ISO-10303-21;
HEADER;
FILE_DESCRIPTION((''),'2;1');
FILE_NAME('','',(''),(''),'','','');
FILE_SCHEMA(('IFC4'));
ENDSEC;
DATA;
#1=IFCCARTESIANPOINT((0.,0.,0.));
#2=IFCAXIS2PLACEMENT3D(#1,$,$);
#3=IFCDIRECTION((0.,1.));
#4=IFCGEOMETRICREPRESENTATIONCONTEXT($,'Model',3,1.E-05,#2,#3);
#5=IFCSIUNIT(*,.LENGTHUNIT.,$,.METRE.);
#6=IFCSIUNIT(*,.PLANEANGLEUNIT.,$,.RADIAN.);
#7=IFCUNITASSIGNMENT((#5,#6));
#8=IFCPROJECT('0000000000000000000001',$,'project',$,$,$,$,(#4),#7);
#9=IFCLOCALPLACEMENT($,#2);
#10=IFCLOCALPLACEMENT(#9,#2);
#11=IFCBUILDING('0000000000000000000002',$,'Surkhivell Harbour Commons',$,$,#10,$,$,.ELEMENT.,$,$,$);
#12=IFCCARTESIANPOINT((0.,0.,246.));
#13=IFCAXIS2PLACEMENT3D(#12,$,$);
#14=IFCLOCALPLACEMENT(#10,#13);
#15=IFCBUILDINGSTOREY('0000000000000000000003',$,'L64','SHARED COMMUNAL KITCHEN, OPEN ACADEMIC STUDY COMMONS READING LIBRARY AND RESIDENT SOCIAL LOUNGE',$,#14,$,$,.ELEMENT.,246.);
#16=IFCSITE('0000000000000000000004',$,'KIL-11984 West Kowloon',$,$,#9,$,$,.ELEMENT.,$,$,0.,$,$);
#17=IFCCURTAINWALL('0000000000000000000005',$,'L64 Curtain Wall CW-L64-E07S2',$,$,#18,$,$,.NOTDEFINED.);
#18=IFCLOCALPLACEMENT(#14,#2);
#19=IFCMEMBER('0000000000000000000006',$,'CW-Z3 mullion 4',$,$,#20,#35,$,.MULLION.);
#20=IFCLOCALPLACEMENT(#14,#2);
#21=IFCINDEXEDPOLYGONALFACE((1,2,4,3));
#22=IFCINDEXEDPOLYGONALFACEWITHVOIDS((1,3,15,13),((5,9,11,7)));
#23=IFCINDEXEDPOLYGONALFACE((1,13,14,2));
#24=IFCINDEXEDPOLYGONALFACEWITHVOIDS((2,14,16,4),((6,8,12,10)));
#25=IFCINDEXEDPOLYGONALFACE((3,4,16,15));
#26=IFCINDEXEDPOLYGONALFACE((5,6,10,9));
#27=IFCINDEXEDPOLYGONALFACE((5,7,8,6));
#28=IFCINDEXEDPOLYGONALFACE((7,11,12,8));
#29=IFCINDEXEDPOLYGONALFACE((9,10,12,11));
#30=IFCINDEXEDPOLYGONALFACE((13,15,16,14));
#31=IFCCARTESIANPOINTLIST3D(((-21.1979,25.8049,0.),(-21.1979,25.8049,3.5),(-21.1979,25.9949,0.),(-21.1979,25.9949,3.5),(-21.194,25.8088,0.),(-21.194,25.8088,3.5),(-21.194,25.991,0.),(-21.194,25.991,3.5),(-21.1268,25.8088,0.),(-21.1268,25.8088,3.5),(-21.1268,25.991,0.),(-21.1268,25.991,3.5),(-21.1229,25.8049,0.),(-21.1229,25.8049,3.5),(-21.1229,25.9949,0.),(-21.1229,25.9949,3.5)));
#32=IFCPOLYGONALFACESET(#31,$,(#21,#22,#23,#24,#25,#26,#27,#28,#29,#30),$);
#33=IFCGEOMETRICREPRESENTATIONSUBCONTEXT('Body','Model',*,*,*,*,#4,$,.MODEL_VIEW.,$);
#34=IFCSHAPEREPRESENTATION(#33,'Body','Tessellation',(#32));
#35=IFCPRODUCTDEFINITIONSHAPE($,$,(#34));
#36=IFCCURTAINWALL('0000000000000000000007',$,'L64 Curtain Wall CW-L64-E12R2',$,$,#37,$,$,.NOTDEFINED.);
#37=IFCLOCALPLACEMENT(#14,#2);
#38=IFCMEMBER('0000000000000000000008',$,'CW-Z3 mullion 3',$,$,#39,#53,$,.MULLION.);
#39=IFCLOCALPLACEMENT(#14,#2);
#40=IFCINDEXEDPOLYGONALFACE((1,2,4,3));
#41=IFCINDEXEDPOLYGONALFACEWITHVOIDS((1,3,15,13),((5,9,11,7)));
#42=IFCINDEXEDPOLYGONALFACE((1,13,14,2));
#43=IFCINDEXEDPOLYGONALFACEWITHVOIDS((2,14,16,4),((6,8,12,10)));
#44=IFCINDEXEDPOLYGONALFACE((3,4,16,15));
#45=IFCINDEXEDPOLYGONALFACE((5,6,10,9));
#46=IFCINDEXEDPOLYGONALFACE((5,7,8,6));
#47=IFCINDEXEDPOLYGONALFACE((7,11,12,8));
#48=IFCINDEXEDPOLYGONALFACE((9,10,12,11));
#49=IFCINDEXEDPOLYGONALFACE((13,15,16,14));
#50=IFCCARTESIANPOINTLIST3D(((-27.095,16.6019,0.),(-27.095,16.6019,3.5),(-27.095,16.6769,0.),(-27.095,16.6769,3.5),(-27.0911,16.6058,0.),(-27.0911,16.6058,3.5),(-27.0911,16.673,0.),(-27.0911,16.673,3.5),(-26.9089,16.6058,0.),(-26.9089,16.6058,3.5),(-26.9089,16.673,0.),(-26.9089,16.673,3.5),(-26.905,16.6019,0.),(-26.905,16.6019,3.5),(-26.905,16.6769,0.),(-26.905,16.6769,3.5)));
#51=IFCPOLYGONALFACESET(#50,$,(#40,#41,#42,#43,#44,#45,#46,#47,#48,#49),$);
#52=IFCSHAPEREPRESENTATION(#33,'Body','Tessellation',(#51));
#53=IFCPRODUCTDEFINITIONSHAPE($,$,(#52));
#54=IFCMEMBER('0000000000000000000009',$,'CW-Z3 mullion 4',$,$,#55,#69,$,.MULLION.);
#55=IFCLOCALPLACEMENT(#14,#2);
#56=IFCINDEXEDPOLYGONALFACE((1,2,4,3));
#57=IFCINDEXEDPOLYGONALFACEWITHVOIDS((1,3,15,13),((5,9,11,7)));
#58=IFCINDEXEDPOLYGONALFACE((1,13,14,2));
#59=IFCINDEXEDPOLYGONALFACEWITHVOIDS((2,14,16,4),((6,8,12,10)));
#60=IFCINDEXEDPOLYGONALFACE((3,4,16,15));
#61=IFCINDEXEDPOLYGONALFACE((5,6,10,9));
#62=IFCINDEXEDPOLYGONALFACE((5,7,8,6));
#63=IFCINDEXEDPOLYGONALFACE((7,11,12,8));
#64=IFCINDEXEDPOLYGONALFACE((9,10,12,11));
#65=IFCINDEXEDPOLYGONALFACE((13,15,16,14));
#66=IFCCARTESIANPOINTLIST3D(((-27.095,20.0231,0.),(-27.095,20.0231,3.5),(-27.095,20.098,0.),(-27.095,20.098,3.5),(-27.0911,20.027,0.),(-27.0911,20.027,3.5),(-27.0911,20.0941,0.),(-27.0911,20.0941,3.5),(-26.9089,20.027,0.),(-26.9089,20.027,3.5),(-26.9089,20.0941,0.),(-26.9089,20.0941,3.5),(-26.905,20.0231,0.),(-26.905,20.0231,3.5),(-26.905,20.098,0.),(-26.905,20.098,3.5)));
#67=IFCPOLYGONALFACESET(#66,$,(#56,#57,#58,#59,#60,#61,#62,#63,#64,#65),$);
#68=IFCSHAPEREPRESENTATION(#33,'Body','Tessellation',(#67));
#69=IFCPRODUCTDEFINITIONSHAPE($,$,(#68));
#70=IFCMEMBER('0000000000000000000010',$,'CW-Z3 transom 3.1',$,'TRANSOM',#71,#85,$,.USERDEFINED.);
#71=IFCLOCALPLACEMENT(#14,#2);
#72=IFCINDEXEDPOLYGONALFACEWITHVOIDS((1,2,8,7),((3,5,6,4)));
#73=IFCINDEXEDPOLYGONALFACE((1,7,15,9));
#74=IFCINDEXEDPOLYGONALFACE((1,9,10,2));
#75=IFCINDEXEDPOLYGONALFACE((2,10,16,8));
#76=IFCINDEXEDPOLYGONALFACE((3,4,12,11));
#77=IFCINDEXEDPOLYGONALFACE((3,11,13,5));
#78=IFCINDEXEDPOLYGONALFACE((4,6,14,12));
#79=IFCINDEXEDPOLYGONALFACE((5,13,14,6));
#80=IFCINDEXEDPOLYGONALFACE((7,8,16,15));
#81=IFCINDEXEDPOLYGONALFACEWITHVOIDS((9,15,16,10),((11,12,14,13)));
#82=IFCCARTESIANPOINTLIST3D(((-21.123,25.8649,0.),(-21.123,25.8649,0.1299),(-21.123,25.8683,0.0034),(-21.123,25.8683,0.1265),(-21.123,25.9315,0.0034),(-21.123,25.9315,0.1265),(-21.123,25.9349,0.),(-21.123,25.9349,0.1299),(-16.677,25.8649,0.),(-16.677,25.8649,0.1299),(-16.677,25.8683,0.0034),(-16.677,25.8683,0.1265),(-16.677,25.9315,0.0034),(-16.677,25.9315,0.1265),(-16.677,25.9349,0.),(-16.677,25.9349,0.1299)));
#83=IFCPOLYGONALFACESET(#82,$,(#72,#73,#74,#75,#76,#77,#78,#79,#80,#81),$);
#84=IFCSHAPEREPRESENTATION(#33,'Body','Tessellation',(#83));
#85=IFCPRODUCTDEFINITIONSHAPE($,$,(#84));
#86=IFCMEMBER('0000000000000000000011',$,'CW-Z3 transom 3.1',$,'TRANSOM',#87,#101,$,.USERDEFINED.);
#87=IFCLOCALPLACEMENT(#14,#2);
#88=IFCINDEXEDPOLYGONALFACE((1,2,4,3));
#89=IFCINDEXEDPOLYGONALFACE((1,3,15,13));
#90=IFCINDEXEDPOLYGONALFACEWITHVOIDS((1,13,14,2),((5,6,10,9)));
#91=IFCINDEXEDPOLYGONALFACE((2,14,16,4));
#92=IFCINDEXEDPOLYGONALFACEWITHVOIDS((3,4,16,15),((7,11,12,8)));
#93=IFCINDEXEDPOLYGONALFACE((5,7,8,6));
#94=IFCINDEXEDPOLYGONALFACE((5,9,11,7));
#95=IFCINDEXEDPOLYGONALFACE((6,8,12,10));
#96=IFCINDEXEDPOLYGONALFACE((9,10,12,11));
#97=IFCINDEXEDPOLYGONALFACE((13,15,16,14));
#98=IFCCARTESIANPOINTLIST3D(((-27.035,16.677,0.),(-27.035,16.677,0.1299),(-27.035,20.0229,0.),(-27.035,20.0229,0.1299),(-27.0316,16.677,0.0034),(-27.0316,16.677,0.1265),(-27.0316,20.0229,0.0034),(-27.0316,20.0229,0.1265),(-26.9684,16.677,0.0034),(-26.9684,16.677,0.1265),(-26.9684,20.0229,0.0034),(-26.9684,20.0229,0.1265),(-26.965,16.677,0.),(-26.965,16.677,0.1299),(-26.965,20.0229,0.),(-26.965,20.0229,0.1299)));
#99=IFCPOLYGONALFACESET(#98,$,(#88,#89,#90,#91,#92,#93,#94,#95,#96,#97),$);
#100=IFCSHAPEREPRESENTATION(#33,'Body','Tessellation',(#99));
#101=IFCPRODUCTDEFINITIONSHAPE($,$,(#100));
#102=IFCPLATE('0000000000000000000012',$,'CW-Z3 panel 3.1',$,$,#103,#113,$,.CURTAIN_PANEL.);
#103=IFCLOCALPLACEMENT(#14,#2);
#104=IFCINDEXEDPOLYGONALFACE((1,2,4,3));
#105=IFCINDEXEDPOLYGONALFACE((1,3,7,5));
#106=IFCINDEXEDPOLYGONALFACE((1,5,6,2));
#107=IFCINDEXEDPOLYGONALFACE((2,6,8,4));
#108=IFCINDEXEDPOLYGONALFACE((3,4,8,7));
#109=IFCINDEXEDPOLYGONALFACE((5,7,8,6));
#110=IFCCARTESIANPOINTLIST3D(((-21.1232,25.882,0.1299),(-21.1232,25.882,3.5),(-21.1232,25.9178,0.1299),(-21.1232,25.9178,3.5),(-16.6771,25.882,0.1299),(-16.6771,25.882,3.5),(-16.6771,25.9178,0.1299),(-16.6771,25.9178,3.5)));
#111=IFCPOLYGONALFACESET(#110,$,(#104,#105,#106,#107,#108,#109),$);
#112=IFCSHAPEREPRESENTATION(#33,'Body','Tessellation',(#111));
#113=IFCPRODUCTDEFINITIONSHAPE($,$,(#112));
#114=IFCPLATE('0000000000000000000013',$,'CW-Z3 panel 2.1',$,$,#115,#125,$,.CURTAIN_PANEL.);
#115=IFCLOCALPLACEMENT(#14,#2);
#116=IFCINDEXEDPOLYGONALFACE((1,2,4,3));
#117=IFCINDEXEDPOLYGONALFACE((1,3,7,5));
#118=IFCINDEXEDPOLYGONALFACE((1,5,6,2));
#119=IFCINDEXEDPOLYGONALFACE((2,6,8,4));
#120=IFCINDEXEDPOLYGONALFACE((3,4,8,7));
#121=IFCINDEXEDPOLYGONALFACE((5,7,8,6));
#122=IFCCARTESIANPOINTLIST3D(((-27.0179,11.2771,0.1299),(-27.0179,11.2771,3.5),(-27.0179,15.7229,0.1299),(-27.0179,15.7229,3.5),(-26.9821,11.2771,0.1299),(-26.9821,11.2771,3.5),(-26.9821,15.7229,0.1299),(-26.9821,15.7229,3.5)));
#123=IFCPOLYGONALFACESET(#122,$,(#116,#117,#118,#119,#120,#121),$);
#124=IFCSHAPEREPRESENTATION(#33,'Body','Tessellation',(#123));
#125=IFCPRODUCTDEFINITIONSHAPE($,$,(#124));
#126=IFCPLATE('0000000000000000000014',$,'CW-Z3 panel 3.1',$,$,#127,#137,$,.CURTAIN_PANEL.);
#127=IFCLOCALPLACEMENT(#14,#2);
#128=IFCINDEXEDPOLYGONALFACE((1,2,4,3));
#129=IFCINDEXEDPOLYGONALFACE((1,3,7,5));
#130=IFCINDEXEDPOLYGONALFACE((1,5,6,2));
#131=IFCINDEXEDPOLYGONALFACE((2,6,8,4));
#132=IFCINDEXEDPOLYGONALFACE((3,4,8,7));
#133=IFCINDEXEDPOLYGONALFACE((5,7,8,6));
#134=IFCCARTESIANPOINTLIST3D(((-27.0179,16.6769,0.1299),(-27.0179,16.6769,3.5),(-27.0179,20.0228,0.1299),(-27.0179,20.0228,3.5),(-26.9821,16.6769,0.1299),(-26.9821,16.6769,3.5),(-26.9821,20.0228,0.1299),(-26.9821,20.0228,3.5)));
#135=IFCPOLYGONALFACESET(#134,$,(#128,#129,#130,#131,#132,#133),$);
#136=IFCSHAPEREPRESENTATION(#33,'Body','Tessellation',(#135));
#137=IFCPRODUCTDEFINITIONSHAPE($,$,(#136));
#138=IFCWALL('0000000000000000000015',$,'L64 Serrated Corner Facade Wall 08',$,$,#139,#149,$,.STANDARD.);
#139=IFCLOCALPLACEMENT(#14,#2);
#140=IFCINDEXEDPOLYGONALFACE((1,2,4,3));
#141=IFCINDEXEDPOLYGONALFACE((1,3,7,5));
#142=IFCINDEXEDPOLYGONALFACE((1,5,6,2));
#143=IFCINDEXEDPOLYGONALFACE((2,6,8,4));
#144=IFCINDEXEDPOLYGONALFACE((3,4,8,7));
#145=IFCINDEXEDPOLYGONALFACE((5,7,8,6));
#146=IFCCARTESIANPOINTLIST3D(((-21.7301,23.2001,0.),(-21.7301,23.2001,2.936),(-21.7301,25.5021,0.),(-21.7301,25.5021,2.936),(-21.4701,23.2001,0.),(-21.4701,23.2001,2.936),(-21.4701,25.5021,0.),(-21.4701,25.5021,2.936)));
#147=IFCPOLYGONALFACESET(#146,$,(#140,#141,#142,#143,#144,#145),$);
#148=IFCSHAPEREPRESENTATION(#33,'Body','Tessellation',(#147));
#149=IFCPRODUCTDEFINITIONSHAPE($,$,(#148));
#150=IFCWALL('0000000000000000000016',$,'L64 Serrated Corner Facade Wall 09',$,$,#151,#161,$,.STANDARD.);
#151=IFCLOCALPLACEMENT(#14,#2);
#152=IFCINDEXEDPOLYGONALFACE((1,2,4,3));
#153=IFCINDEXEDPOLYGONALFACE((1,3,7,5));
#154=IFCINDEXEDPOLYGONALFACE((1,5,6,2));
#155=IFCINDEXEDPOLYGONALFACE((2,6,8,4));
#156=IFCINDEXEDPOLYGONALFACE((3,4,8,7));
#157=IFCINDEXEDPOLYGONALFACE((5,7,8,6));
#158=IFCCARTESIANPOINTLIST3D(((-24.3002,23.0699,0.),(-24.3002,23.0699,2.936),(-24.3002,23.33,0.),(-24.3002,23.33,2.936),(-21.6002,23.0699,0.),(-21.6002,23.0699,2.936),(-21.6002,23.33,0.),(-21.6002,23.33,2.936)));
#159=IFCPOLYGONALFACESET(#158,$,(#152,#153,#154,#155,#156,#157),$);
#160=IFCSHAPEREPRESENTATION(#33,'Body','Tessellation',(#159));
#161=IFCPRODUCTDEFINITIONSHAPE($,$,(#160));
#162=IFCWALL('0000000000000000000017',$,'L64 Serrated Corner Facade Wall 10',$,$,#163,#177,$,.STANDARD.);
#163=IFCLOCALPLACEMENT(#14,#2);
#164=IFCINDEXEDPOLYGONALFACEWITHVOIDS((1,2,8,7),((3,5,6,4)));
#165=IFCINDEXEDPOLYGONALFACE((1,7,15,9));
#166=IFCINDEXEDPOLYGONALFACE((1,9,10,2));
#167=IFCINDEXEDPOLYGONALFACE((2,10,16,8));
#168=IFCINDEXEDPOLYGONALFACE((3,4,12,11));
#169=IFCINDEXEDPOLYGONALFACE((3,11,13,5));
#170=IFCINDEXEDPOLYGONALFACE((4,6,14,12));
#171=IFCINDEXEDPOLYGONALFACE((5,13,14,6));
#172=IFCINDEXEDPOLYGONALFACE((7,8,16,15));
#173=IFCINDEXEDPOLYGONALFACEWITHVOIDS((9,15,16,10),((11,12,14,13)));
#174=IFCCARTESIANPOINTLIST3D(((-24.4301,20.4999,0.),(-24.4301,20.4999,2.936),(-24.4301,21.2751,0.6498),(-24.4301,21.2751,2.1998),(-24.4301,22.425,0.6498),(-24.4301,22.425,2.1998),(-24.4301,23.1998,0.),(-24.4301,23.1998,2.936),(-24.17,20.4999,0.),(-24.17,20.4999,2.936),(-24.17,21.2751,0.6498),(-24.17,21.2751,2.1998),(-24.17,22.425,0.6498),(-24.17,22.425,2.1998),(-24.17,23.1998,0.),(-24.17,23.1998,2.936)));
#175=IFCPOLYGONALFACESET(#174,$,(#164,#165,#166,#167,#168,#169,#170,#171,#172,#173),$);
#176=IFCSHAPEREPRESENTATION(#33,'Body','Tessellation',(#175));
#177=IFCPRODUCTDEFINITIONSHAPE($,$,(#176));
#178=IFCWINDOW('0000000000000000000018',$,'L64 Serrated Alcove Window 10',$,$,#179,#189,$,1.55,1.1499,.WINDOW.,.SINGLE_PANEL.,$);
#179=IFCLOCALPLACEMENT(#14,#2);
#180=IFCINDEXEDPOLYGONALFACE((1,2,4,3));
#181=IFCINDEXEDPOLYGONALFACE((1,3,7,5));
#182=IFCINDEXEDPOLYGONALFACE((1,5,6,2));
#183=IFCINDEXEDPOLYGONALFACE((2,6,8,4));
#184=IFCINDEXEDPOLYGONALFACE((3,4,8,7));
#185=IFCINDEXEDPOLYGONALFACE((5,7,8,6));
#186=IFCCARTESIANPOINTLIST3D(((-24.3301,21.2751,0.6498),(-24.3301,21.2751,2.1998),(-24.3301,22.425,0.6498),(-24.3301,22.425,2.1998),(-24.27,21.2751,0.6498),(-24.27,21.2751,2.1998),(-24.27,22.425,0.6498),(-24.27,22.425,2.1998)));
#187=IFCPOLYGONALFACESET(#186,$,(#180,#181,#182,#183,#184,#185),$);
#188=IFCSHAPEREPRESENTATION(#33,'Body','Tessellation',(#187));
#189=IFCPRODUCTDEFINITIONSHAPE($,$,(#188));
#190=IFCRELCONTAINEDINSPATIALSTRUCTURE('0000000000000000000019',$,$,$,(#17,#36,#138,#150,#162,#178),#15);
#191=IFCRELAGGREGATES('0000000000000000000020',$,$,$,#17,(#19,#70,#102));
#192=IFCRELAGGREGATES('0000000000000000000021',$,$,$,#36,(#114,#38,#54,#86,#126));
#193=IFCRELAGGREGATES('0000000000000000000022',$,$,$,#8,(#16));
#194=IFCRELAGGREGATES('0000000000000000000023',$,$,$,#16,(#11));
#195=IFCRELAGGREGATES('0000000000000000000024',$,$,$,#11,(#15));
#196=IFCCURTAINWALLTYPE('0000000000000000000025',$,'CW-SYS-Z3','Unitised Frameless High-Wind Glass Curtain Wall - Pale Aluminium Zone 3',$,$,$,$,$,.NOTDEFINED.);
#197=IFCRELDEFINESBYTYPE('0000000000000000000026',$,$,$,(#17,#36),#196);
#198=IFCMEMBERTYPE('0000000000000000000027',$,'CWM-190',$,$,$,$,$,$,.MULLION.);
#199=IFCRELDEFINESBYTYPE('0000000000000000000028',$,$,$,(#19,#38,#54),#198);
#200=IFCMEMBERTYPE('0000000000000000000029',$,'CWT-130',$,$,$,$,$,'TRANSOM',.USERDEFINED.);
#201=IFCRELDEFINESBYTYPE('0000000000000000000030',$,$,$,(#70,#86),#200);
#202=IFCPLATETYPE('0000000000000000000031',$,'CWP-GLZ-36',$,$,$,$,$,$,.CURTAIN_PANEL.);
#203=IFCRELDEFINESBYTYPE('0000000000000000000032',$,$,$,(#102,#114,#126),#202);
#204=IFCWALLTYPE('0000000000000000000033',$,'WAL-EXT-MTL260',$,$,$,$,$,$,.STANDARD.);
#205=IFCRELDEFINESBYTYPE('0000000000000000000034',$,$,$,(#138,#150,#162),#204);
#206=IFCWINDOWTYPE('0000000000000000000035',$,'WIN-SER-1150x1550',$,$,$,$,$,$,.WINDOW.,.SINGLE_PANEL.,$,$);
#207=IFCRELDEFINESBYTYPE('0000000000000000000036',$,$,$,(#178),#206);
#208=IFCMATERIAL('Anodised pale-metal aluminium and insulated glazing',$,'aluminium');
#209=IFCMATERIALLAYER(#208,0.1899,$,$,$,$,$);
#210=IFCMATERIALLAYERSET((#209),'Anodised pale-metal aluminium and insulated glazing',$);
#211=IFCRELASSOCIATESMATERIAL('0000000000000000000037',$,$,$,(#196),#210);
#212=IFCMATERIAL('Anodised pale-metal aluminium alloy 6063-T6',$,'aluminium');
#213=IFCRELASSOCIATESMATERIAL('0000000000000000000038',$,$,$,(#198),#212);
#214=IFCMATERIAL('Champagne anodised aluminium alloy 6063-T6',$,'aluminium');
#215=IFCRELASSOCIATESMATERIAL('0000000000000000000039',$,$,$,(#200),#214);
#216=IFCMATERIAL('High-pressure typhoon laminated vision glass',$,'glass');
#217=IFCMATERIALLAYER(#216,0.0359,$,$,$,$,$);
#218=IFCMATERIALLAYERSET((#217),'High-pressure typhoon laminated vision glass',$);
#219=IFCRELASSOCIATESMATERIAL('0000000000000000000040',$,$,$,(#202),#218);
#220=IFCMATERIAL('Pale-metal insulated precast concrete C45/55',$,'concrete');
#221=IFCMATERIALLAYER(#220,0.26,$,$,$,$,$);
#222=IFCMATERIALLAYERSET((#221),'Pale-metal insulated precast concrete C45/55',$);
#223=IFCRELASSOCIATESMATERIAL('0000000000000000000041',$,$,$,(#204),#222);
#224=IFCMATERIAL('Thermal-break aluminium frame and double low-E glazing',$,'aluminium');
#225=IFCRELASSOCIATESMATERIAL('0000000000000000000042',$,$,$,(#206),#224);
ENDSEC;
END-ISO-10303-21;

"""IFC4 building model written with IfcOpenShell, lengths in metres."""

from ifc_helpers import new_model, si_unit, direction, frame, frame_2d, origin, origin_2d, place, context, subcontext, project, spatial, rectangle, hollow_rectangle, extrude, material, layer, layer_set, material_profile, profile_set, type_object, element, fill, aggregate, save


model = new_model("IFC4")

# Units and contexts
model_context = context("Model", 3, precision=1e-05, world=origin(), true_north=direction((0.0, 1.0)))
body_context = subcontext(model_context, "Body", "Model", "MODEL_VIEW")
ifc_project = project(units=[si_unit("LENGTHUNIT", "METRE"), si_unit("PLANEANGLEUNIT", "RADIAN")], contexts=[model_context])

# Site, building, storey
site_placement = place(None, origin())
site = spatial("IfcSite", under=ifc_project, at=site_placement, Name="KIL-11984 West Kowloon", CompositionType="ELEMENT", RefElevation=0.0)
building_placement = place(site_placement, origin())
building = spatial("IfcBuilding", under=site, at=building_placement, Name="Surkhivell Harbour Commons", CompositionType="ELEMENT")
storey_placement = place(building_placement, frame((0.0, 0.0, 246.0)))
storey = spatial("IfcBuildingStorey", under=building, at=storey_placement, Name="L64", Description="SHARED COMMUNAL KITCHEN, OPEN ACADEMIC STUDY COMMONS READING LIBRARY AND RESIDENT SOCIAL LOUNGE", CompositionType="ELEMENT", Elevation=246.0)

# Curtain walls, members
ifc_material_1 = material(Name="Anodised pale-metal aluminium and insulated glazing", Category="aluminium")
ifc_layer_1 = layer(ifc_material_1, 0.1899)
ifc_layer_set_1 = layer_set([ifc_layer_1], Name="Anodised pale-metal aluminium and insulated glazing")
curtain_wall_type = type_object("IfcCurtainWallType", Name="CW-SYS-Z3", Description="Unitised Frameless High-Wind Glass Curtain Wall - Pale Aluminium Zone 3", PredefinedType="NOTDEFINED", material=ifc_layer_set_1)
curtain_wall_1_placement = place(storey_placement, origin())
curtain_wall_1 = element("IfcCurtainWall", 1, at=curtain_wall_1_placement, inside=storey, type_object=curtain_wall_type, Name="L64 Curtain Wall CW-L64-E07S2", PredefinedType="NOTDEFINED")
ifc_material_2 = material(Name="Anodised pale-metal aluminium alloy 6063-T6", Category="aluminium")
ifc_material_profile_1 = material_profile(ifc_material_2, hollow_rectangle(XDim=0.075, YDim=0.1899, WallThickness=0.0039, at=origin_2d()), Name="ALU-MULL-75x190")
ifc_profile_set_1 = profile_set([ifc_material_profile_1], Name="Anodised pale-metal aluminium alloy 6063-T6")
member_type_1 = type_object("IfcMemberType", Name="CWM-190", PredefinedType="MULLION", material=ifc_profile_set_1)
member_1_placement = place(storey_placement, frame((-21.1604, 25.8999, 0.0), z_axis=(0.0, 0.0, 1.0), x_axis=(-1.0, 0.0, 0.0)))
member_1 = element("IfcMember", 2, at=member_1_placement, type_object=member_type_1, Name="CW-Z3 mullion 4", PredefinedType="MULLION", context=body_context, shape_type="SweptSolid", body=[
    extrude(hollow_rectangle(XDim=0.075, YDim=0.1899, WallThickness=0.0039, at=origin_2d()), origin(), (0.0, 0.0, 1.0), 3.5),
])
curtain_wall_2_placement = place(storey_placement, origin())
curtain_wall_2 = element("IfcCurtainWall", 3, at=curtain_wall_2_placement, inside=storey, type_object=curtain_wall_type, Name="L64 Curtain Wall CW-L64-E12R2", PredefinedType="NOTDEFINED")
member_2_placement = place(storey_placement, frame((-27.0, 16.6394, 0.0), z_axis=(0.0, 0.0, 1.0), x_axis=(0.0, 1.0, 0.0)))
member_2 = element("IfcMember", 4, at=member_2_placement, type_object=member_type_1, Name="CW-Z3 mullion 3", PredefinedType="MULLION", context=body_context, shape_type="SweptSolid", body=[
    extrude(hollow_rectangle(XDim=0.075, YDim=0.1899, WallThickness=0.0039, at=origin_2d()), origin(), (0.0, 0.0, 1.0), 3.5),
])
member_3_placement = place(storey_placement, frame((-27.0, 20.0605, 0.0), z_axis=(0.0, 0.0, 1.0), x_axis=(0.0, 1.0, 0.0)))
member_3 = element("IfcMember", 5, at=member_3_placement, type_object=member_type_1, Name="CW-Z3 mullion 4", PredefinedType="MULLION", context=body_context, shape_type="SweptSolid", body=[
    extrude(hollow_rectangle(XDim=0.075, YDim=0.1899, WallThickness=0.0039, at=origin_2d()), origin(), (0.0, 0.0, 1.0), 3.5),
])

# Members
ifc_material_3 = material(Name="Champagne anodised aluminium alloy 6063-T6", Category="aluminium")
ifc_material_profile_2 = material_profile(ifc_material_3, hollow_rectangle(XDim=0.0701, YDim=0.1299, WallThickness=0.0034, at=origin_2d()), Name="ALU-TRAN-70x130")
ifc_profile_set_2 = profile_set([ifc_material_profile_2], Name="Champagne anodised aluminium alloy 6063-T6")
member_type_2 = type_object("IfcMemberType", Name="CWT-130", ElementType="TRANSOM", PredefinedType="USERDEFINED", material=ifc_profile_set_2)
member_4_placement = place(storey_placement, frame((-16.677, 25.8999, 0.0649), z_axis=(-1.0, 0.0, 0.0), x_axis=(0.0, -1.0, 0.0)))
member_4 = element("IfcMember", 6, at=member_4_placement, type_object=member_type_2, Name="CW-Z3 transom 3.1", ObjectType="TRANSOM", PredefinedType="USERDEFINED", context=body_context, shape_type="SweptSolid", body=[
    extrude(hollow_rectangle(XDim=0.0701, YDim=0.1299, WallThickness=0.0034, at=origin_2d()), origin(), (0.0, 0.0, 1.0), 4.446),
])
member_5_placement = place(storey_placement, frame((-27.0, 16.677, 0.0649), z_axis=(0.0, 1.0, 0.0), x_axis=(-1.0, 0.0, 0.0)))
member_5 = element("IfcMember", 7, at=member_5_placement, type_object=member_type_2, Name="CW-Z3 transom 3.1", ObjectType="TRANSOM", PredefinedType="USERDEFINED", context=body_context, shape_type="SweptSolid", body=[
    extrude(hollow_rectangle(XDim=0.0701, YDim=0.1299, WallThickness=0.0034, at=origin_2d()), origin(), (0.0, 0.0, 1.0), 3.3459),
])

# Plates
ifc_material_4 = material(Name="High-pressure typhoon laminated vision glass", Category="glass")
ifc_layer_2 = layer(ifc_material_4, 0.0359)
ifc_layer_set_2 = layer_set([ifc_layer_2], Name="High-pressure typhoon laminated vision glass")
plate_type = type_object("IfcPlateType", Name="CWP-GLZ-36", PredefinedType="CURTAIN_PANEL", material=ifc_layer_set_2)
plate_1_placement = place(storey_placement, frame((-16.677, 25.8999, 0.1299), z_axis=(0.0, 0.0, 1.0), x_axis=(-1.0, 0.0, 0.0)))
plate_1 = element("IfcPlate", 8, at=plate_1_placement, type_object=plate_type, Name="CW-Z3 panel 3.1", PredefinedType="CURTAIN_PANEL", context=body_context, shape_type="SweptSolid", body=[
    extrude(rectangle(XDim=4.446, YDim=0.0359, at=frame_2d((2.2231, 0.0))), origin(), (0.0, 0.0, 1.0), 3.3701),
])
aggregate(curtain_wall_1, [member_1, member_4, plate_1])
plate_2_placement = place(storey_placement, frame((-27.0, 11.2771, 0.1299), z_axis=(0.0, 0.0, 1.0), x_axis=(0.0, 1.0, 0.0)))
plate_2 = element("IfcPlate", 9, at=plate_2_placement, type_object=plate_type, Name="CW-Z3 panel 2.1", PredefinedType="CURTAIN_PANEL", context=body_context, shape_type="SweptSolid", body=[
    extrude(rectangle(XDim=4.4458, YDim=0.0359, at=frame_2d((2.2229, 0.0))), origin(), (0.0, 0.0, 1.0), 3.3701),
])
plate_3_placement = place(storey_placement, frame((-27.0, 16.677, 0.1299), z_axis=(0.0, 0.0, 1.0), x_axis=(0.0, 1.0, 0.0)))
plate_3 = element("IfcPlate", 10, at=plate_3_placement, type_object=plate_type, Name="CW-Z3 panel 3.1", PredefinedType="CURTAIN_PANEL", context=body_context, shape_type="SweptSolid", body=[
    extrude(rectangle(XDim=3.3459, YDim=0.0359, at=frame_2d((1.6729, 0.0))), origin(), (0.0, 0.0, 1.0), 3.3701),
])
aggregate(curtain_wall_2, [plate_2, member_2, member_3, member_5, plate_3])

# Walls
ifc_material_5 = material(Name="Pale-metal insulated precast concrete C45/55", Category="concrete")
ifc_layer_3 = layer(ifc_material_5, 0.26)
ifc_layer_set_3 = layer_set([ifc_layer_3], Name="Pale-metal insulated precast concrete C45/55")
wall_type_1 = type_object("IfcWallType", Name="WAL-EXT-MTL260", PredefinedType="STANDARD", material=ifc_layer_set_3)
wall_1_placement = place(storey_placement, frame((-21.6001, 25.502, 0.0), z_axis=(0.0, 0.0, 1.0), x_axis=(0.0, -1.0, 0.0)))
element("IfcWall", 11, at=wall_1_placement, inside=storey, type_object=wall_type_1, Name="L64 Serrated Corner Facade Wall 08", PredefinedType="STANDARD", context=body_context, shape_type="SweptSolid", body=[
    extrude(rectangle(XDim=2.302, YDim=0.26, at=frame_2d((1.1509, 0.0))), origin(), (0.0, 0.0, 1.0), 2.936),
])
wall_2_placement = place(storey_placement, frame((-21.6001, 23.2, 0.0), z_axis=(0.0, 0.0, 1.0), x_axis=(-1.0, 0.0, 0.0)))
element("IfcWall", 12, at=wall_2_placement, inside=storey, type_object=wall_type_1, Name="L64 Serrated Corner Facade Wall 09", PredefinedType="STANDARD", context=body_context, shape_type="SweptSolid", body=[
    extrude(rectangle(XDim=2.7, YDim=0.26, at=frame_2d((1.3501, 0.0))), origin(), (0.0, 0.0, 1.0), 2.936),
])

# Wall, opening, window
wall_3_placement = place(storey_placement, frame((-24.3, 23.2, 0.0), z_axis=(0.0, 0.0, 1.0), x_axis=(0.0, -1.0, 0.0)))
wall_3 = element("IfcWall", 13, at=wall_3_placement, inside=storey, type_object=wall_type_1, Name="L64 Serrated Corner Facade Wall 10", PredefinedType="STANDARD", context=body_context, shape_type="SweptSolid", body=[
    extrude(rectangle(XDim=2.7, YDim=0.26, at=frame_2d((1.3501, 0.0))), origin(), (0.0, 0.0, 1.0), 2.936),
])
opening_placement = place(wall_3_placement, frame((0.7749, 0.0, 0.6499)))
opening = element("IfcOpeningElement", 14, at=opening_placement, cuts=wall_3, PredefinedType="OPENING", context=body_context, shape_type="SweptSolid", body=[
    extrude(rectangle(XDim=1.1499, YDim=1.55, at=frame_2d((0.575, 0.7749))), frame((0.0, 0.1399, 0.0), z_axis=(0.0, -1.0, 0.0), x_axis=(1.0, 0.0, 0.0)), (0.0, 0.0, 1.0), 0.28),
])
ifc_material_6 = material(Name="Thermal-break aluminium frame and double low-E glazing", Category="aluminium")
window_type = type_object("IfcWindowType", Name="WIN-SER-1150x1550", PartitioningType="SINGLE_PANEL", PredefinedType="WINDOW", material=ifc_material_6)
window_placement = place(opening_placement, origin())
window = element("IfcWindow", 15, at=window_placement, inside=storey, type_object=window_type, Name="L64 Serrated Alcove Window 10", OverallHeight=1.55, OverallWidth=1.1499, PartitioningType="SINGLE_PANEL", PredefinedType="WINDOW", context=body_context, shape_type="SweptSolid", body=[
    extrude(rectangle(XDim=1.1499, YDim=1.55, at=frame_2d((0.575, 0.7749))), frame((0.0, 0.03, 0.0), z_axis=(0.0, -1.0, 0.0), x_axis=(1.0, 0.0, 0.0)), (0.0, 0.0, 1.0), 0.0601),
])
fill(opening, window)

save(model, "model.ifc")
